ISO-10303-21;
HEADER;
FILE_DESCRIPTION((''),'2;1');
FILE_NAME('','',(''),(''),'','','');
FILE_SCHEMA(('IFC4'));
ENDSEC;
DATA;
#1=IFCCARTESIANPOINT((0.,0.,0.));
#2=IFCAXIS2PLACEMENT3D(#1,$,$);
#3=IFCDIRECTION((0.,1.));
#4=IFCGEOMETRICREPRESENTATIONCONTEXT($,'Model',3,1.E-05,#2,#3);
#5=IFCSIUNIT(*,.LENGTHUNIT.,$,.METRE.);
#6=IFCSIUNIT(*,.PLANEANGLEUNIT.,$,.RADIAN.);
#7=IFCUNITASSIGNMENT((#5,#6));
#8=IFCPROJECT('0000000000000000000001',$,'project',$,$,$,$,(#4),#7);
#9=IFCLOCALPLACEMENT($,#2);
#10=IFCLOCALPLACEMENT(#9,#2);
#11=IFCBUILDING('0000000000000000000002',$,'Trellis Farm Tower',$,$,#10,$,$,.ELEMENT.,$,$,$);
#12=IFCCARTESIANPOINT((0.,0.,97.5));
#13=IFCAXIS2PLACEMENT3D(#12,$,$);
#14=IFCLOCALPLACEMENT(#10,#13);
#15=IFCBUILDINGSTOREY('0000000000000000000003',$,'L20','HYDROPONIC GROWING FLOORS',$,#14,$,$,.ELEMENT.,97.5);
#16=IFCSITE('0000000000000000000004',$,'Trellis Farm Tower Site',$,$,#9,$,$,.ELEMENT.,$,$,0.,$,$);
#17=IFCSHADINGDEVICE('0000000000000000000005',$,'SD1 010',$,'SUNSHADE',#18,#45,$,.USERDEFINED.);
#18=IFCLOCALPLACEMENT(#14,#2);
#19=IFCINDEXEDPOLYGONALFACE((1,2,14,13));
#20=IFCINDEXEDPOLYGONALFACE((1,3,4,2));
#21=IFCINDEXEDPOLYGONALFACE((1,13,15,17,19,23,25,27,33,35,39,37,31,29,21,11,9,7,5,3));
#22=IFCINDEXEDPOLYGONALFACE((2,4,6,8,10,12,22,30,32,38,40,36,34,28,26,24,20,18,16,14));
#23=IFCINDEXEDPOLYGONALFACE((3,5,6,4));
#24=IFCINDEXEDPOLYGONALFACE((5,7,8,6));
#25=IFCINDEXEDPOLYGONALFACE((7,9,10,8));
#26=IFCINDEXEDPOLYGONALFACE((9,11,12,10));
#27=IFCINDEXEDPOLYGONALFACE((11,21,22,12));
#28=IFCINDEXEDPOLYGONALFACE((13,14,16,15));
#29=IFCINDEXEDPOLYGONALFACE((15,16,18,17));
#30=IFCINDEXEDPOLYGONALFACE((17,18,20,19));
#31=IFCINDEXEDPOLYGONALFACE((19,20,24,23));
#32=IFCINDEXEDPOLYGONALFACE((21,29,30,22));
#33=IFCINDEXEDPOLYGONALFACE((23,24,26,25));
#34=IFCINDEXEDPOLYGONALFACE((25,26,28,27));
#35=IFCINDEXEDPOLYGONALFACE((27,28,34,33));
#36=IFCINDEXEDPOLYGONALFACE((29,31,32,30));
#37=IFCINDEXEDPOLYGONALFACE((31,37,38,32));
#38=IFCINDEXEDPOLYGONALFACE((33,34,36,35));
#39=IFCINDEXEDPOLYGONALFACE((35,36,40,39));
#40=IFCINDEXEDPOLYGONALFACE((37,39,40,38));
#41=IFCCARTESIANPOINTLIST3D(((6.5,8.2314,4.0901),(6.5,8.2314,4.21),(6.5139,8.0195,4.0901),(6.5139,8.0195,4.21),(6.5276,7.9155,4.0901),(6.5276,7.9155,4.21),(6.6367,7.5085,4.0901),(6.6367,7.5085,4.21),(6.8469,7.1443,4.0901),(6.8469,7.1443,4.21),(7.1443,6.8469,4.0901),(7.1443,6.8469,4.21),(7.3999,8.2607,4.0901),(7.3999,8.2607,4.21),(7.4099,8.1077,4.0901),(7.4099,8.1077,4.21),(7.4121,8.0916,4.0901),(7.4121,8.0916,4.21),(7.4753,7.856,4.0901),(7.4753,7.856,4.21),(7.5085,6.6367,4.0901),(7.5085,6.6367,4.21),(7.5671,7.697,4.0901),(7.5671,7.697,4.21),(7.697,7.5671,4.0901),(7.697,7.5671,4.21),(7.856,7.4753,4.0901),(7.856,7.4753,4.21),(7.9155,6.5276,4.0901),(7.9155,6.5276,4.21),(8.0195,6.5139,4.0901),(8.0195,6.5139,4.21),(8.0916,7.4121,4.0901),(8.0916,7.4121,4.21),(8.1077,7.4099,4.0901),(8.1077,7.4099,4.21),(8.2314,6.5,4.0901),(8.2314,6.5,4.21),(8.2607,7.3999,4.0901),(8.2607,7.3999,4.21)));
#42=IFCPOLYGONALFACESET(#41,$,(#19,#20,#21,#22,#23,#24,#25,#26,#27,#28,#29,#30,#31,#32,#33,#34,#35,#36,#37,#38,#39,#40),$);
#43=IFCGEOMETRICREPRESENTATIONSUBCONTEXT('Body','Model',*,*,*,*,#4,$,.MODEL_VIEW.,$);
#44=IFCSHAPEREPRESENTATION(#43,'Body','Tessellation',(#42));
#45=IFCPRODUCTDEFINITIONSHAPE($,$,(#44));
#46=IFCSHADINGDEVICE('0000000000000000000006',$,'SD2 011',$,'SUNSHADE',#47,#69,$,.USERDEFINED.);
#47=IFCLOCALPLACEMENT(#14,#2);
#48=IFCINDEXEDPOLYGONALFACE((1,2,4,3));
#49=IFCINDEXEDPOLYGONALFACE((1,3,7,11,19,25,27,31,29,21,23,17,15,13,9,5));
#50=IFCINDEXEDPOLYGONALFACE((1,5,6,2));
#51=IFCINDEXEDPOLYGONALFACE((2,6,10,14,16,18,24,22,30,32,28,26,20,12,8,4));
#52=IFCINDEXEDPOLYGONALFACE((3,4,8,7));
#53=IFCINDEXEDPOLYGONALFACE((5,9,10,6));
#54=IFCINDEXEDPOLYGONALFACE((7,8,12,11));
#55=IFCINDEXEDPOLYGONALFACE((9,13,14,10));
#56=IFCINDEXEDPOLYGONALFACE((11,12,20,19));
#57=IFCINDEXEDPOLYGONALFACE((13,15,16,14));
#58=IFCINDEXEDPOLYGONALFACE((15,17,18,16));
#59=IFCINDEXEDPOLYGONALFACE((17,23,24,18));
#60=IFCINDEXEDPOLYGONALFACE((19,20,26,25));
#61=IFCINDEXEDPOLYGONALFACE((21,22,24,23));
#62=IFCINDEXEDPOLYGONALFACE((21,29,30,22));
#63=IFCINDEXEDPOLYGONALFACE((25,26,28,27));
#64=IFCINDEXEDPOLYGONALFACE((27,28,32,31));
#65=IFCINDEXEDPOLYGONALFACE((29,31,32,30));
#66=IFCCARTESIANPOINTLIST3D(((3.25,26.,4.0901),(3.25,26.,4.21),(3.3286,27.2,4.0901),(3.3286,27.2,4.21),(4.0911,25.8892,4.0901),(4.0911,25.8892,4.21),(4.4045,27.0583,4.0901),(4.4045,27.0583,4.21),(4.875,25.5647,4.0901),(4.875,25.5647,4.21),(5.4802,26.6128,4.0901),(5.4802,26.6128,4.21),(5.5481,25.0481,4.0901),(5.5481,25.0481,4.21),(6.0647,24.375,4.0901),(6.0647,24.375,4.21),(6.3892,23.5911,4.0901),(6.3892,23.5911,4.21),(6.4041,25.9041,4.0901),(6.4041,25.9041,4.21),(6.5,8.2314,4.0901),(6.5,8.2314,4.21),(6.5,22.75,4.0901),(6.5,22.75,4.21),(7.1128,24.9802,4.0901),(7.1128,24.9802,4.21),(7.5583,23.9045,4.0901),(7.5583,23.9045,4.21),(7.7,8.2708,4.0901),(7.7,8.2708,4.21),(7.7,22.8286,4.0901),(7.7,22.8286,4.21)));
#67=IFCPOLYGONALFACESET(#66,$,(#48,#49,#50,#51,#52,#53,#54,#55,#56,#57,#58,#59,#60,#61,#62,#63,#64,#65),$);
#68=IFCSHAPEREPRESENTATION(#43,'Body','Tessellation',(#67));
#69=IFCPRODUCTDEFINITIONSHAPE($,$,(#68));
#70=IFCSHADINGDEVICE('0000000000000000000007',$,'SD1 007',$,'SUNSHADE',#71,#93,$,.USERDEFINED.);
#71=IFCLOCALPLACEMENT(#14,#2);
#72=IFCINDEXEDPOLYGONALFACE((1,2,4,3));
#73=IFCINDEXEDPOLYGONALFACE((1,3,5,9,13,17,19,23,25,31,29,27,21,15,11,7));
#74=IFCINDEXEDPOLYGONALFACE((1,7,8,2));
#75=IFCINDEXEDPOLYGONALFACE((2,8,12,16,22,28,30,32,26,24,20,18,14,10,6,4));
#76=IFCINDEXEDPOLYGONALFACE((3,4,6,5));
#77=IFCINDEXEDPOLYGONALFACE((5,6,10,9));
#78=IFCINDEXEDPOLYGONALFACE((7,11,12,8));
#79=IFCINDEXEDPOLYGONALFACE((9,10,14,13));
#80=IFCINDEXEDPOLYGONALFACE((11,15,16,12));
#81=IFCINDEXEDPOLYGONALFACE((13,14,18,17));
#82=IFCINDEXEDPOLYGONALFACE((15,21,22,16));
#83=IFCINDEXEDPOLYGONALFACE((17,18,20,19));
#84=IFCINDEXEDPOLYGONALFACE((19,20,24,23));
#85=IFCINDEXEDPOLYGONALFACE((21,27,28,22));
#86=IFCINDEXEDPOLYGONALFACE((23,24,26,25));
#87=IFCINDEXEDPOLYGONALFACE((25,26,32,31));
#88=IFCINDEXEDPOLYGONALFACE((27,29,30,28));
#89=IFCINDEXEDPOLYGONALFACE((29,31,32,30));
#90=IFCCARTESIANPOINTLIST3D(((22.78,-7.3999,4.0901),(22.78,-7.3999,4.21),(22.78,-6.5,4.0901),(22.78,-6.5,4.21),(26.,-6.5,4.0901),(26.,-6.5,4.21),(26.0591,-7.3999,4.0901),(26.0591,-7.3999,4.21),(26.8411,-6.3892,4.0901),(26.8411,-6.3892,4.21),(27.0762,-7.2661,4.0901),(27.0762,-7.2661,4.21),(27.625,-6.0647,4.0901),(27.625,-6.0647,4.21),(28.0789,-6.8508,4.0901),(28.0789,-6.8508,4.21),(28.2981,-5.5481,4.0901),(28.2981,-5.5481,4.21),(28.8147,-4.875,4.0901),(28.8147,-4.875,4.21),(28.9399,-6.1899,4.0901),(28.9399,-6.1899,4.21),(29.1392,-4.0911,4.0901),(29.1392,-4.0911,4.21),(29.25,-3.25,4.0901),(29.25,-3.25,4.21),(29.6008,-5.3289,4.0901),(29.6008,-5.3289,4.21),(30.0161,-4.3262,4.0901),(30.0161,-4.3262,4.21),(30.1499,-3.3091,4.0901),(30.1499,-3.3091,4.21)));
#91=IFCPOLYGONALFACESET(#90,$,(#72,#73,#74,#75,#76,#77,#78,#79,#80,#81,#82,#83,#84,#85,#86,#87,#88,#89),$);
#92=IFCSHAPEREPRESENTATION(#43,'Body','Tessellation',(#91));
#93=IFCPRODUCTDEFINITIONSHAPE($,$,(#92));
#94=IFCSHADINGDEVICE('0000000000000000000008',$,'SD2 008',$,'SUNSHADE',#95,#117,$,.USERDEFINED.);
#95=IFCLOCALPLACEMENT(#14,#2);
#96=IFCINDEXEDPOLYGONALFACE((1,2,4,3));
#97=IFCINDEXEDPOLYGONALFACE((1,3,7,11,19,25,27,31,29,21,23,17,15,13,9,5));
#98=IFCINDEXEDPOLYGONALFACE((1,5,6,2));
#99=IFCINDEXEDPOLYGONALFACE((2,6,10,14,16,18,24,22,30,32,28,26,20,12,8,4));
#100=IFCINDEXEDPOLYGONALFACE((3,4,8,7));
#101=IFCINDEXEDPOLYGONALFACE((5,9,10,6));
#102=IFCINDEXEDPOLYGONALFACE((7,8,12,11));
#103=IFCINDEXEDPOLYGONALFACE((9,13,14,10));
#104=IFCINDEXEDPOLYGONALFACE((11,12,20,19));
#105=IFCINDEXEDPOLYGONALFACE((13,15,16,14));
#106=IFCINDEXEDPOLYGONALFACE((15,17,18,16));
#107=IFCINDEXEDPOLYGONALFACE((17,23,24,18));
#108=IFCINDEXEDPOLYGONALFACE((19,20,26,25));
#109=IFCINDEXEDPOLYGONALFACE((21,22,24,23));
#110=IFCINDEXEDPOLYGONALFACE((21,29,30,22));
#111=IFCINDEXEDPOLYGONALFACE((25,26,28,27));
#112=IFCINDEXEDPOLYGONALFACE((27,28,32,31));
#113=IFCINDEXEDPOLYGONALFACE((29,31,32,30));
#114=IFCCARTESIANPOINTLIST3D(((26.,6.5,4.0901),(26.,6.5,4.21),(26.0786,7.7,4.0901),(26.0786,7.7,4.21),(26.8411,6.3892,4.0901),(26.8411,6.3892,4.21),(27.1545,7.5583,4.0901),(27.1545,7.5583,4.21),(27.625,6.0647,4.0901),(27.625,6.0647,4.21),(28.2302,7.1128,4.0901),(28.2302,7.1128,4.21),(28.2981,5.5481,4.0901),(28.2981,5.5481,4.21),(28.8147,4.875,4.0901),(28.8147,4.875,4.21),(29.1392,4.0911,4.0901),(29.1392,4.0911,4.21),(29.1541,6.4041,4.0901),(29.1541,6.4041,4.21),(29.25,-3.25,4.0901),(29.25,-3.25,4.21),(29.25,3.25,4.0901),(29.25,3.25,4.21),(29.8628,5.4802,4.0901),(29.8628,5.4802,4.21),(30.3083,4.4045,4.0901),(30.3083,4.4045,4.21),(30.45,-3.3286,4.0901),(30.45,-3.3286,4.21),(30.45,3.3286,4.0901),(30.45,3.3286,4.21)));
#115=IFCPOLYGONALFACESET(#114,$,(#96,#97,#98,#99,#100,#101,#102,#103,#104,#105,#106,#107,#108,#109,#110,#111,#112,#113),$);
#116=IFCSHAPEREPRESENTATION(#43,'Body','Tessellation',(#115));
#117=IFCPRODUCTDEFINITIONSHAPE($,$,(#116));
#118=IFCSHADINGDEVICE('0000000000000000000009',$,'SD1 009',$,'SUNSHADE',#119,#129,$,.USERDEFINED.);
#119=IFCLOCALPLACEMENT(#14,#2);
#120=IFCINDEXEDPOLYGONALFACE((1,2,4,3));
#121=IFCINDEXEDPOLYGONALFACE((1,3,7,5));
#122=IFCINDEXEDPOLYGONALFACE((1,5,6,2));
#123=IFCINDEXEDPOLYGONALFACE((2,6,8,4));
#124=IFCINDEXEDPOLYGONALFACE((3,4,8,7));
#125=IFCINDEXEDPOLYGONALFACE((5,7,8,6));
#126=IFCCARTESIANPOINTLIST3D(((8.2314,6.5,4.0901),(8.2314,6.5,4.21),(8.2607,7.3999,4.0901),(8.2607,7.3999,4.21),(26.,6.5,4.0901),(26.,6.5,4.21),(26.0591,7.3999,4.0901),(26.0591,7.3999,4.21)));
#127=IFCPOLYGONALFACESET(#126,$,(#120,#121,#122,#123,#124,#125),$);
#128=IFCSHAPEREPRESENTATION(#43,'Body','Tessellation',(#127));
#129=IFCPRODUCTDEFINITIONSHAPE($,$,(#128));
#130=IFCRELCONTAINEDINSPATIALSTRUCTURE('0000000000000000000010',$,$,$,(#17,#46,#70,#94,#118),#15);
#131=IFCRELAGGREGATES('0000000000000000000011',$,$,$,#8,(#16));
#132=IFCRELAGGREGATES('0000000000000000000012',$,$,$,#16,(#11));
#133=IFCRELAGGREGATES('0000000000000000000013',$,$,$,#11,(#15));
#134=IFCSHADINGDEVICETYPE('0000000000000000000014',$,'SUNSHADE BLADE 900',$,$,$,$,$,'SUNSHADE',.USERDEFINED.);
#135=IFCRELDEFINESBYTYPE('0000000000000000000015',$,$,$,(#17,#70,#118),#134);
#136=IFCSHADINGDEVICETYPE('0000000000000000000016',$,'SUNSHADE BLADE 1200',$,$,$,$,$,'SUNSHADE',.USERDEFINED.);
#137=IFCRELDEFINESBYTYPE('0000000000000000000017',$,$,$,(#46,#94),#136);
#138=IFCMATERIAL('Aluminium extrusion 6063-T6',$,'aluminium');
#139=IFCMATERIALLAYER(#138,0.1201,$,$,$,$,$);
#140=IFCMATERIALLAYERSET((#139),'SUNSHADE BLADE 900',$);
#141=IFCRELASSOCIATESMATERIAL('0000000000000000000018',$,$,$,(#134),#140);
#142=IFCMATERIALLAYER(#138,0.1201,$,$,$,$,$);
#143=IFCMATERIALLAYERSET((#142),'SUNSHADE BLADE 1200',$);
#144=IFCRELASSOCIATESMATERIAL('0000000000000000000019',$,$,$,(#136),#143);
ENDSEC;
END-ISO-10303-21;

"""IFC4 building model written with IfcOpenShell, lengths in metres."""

from ifc_helpers import new_model, si_unit, direction, frame, origin, place, context, subcontext, project, spatial, polyline, outline, extrude, source, transform, mapped, material, layer, layer_set, type_object, element, save


model = new_model("IFC4")

# Units and contexts
model_context = context("Model", 3, precision=1e-05, world=origin(), true_north=direction((0.0, 1.0)))
body_context = subcontext(model_context, "Body", "Model", "MODEL_VIEW")
ifc_project = project(units=[si_unit("LENGTHUNIT", "METRE"), si_unit("PLANEANGLEUNIT", "RADIAN")], contexts=[model_context])

# Site, building, storey
site_placement = place(None, origin())
site = spatial("IfcSite", under=ifc_project, at=site_placement, Name="Trellis Farm Tower Site", CompositionType="ELEMENT", RefElevation=0.0)
building_placement = place(site_placement, origin())
building = spatial("IfcBuilding", under=site, at=building_placement, Name="Trellis Farm Tower", CompositionType="ELEMENT")
storey_placement = place(building_placement, frame((0.0, 0.0, 97.5)))
storey = spatial("IfcBuildingStorey", under=building, at=storey_placement, Name="L20", Description="HYDROPONIC GROWING FLOORS", CompositionType="ELEMENT", Elevation=97.5)

# Shared definitions
ifc_material_1 = material(Name="Aluminium extrusion 6063-T6", Category="aluminium")

# Shading devices
ifc_layer_1 = layer(ifc_material_1, 0.1201)
ifc_layer_set_1 = layer_set([ifc_layer_1], Name="SUNSHADE BLADE 900")
shading_device_type_1 = type_object("IfcShadingDeviceType", Name="SUNSHADE BLADE 900", ElementType="SUNSHADE", PredefinedType="USERDEFINED", material=ifc_layer_set_1)
shared_shape_1 = source(origin(), body_context, "Body", "SweptSolid", [
    extrude(outline(polyline([(8.2607, 7.3999), (8.1077, 7.4099), (8.0916, 7.4121), (7.856, 7.4753), (7.697, 7.5671), (7.5671, 7.697), (7.4753, 7.856), (7.4121, 8.0916), (7.4099, 8.1077), (7.3999, 8.2607), (6.5, 8.2314), (6.5139, 8.0195), (6.5276, 7.9155), (6.6367, 7.5085), (6.8469, 7.1443), (7.1443, 6.8469), (7.5085, 6.6367), (7.9155, 6.5276), (8.0195, 6.5139), (8.2314, 6.5), (8.2607, 7.3999)])), origin(), (0.0, 0.0, 1.0), 0.1199),
])
placement_1 = place(storey_placement, frame((0.0, 0.0, 4.0901)))
element("IfcShadingDevice", 1, at=placement_1, inside=storey, type_object=shading_device_type_1, Name="SD1 010", ObjectType="SUNSHADE", PredefinedType="USERDEFINED", context=body_context, shape_type="MappedRepresentation", body=[
    mapped(shared_shape_1, transform((0.0, 0.0, 0.0))),
])
ifc_layer_2 = layer(ifc_material_1, 0.1201)
ifc_layer_set_2 = layer_set([ifc_layer_2], Name="SUNSHADE BLADE 1200")
shading_device_type_2 = type_object("IfcShadingDeviceType", Name="SUNSHADE BLADE 1200", ElementType="SUNSHADE", PredefinedType="USERDEFINED", material=ifc_layer_set_2)
shared_shape_2 = source(origin(), body_context, "Body", "SweptSolid", [
    extrude(outline(polyline([(7.7, 8.2708), (7.7, 22.8286), (7.5583, 23.9045), (7.1128, 24.9802), (6.4041, 25.9041), (5.4802, 26.6128), (4.4045, 27.0583), (3.3286, 27.2), (3.25, 26.0), (4.0911, 25.8892), (4.875, 25.5647), (5.5481, 25.0481), (6.0647, 24.375), (6.3892, 23.5911), (6.5, 22.75), (6.5, 8.2314), (7.7, 8.2708)])), origin(), (0.0, 0.0, 1.0), 0.1199),
])
element("IfcShadingDevice", 2, at=placement_1, inside=storey, type_object=shading_device_type_2, Name="SD2 011", ObjectType="SUNSHADE", PredefinedType="USERDEFINED", context=body_context, shape_type="MappedRepresentation", body=[
    mapped(shared_shape_2, transform((0.0, 0.0, 0.0))),
])
shared_shape_3 = source(origin(), body_context, "Body", "SweptSolid", [
    extrude(outline(polyline([(22.78, -7.3999), (26.0591, -7.3999), (27.0762, -7.2661), (28.0789, -6.8508), (28.9399, -6.1899), (29.6008, -5.3289), (30.0161, -4.3262), (30.1499, -3.3091), (29.25, -3.25), (29.1392, -4.0911), (28.8147, -4.875), (28.2981, -5.5481), (27.625, -6.0647), (26.8411, -6.3892), (26.0, -6.5), (22.78, -6.5), (22.78, -7.3999)])), origin(), (0.0, 0.0, 1.0), 0.1199),
])
element("IfcShadingDevice", 3, at=placement_1, inside=storey, type_object=shading_device_type_1, Name="SD1 007", ObjectType="SUNSHADE", PredefinedType="USERDEFINED", context=body_context, shape_type="MappedRepresentation", body=[
    mapped(shared_shape_3, transform((0.0, 0.0, 0.0))),
])
shared_shape_4 = source(origin(), body_context, "Body", "SweptSolid", [
    extrude(outline(polyline([(30.45, -3.3286), (30.45, 3.3286), (30.3083, 4.4045), (29.8628, 5.4802), (29.1541, 6.4041), (28.2302, 7.1128), (27.1545, 7.5583), (26.0786, 7.7), (26.0, 6.5), (26.8411, 6.3892), (27.625, 6.0647), (28.2981, 5.5481), (28.8147, 4.875), (29.1392, 4.0911), (29.25, 3.25), (29.25, -3.25), (30.45, -3.3286)])), origin(), (0.0, 0.0, 1.0), 0.1199),
])
element("IfcShadingDevice", 4, at=placement_1, inside=storey, type_object=shading_device_type_2, Name="SD2 008", ObjectType="SUNSHADE", PredefinedType="USERDEFINED", context=body_context, shape_type="MappedRepresentation", body=[
    mapped(shared_shape_4, transform((0.0, 0.0, 0.0))),
])
shared_shape_5 = source(origin(), body_context, "Body", "SweptSolid", [
    extrude(outline(polyline([(26.0591, 7.3999), (8.2607, 7.3999), (8.2314, 6.5), (26.0, 6.5), (26.0591, 7.3999)])), origin(), (0.0, 0.0, 1.0), 0.1199),
])
element("IfcShadingDevice", 5, at=placement_1, inside=storey, type_object=shading_device_type_1, Name="SD1 009", ObjectType="SUNSHADE", PredefinedType="USERDEFINED", context=body_context, shape_type="MappedRepresentation", body=[
    mapped(shared_shape_5, transform((0.0, 0.0, 0.0))),
])

save(model, "model.ifc")
